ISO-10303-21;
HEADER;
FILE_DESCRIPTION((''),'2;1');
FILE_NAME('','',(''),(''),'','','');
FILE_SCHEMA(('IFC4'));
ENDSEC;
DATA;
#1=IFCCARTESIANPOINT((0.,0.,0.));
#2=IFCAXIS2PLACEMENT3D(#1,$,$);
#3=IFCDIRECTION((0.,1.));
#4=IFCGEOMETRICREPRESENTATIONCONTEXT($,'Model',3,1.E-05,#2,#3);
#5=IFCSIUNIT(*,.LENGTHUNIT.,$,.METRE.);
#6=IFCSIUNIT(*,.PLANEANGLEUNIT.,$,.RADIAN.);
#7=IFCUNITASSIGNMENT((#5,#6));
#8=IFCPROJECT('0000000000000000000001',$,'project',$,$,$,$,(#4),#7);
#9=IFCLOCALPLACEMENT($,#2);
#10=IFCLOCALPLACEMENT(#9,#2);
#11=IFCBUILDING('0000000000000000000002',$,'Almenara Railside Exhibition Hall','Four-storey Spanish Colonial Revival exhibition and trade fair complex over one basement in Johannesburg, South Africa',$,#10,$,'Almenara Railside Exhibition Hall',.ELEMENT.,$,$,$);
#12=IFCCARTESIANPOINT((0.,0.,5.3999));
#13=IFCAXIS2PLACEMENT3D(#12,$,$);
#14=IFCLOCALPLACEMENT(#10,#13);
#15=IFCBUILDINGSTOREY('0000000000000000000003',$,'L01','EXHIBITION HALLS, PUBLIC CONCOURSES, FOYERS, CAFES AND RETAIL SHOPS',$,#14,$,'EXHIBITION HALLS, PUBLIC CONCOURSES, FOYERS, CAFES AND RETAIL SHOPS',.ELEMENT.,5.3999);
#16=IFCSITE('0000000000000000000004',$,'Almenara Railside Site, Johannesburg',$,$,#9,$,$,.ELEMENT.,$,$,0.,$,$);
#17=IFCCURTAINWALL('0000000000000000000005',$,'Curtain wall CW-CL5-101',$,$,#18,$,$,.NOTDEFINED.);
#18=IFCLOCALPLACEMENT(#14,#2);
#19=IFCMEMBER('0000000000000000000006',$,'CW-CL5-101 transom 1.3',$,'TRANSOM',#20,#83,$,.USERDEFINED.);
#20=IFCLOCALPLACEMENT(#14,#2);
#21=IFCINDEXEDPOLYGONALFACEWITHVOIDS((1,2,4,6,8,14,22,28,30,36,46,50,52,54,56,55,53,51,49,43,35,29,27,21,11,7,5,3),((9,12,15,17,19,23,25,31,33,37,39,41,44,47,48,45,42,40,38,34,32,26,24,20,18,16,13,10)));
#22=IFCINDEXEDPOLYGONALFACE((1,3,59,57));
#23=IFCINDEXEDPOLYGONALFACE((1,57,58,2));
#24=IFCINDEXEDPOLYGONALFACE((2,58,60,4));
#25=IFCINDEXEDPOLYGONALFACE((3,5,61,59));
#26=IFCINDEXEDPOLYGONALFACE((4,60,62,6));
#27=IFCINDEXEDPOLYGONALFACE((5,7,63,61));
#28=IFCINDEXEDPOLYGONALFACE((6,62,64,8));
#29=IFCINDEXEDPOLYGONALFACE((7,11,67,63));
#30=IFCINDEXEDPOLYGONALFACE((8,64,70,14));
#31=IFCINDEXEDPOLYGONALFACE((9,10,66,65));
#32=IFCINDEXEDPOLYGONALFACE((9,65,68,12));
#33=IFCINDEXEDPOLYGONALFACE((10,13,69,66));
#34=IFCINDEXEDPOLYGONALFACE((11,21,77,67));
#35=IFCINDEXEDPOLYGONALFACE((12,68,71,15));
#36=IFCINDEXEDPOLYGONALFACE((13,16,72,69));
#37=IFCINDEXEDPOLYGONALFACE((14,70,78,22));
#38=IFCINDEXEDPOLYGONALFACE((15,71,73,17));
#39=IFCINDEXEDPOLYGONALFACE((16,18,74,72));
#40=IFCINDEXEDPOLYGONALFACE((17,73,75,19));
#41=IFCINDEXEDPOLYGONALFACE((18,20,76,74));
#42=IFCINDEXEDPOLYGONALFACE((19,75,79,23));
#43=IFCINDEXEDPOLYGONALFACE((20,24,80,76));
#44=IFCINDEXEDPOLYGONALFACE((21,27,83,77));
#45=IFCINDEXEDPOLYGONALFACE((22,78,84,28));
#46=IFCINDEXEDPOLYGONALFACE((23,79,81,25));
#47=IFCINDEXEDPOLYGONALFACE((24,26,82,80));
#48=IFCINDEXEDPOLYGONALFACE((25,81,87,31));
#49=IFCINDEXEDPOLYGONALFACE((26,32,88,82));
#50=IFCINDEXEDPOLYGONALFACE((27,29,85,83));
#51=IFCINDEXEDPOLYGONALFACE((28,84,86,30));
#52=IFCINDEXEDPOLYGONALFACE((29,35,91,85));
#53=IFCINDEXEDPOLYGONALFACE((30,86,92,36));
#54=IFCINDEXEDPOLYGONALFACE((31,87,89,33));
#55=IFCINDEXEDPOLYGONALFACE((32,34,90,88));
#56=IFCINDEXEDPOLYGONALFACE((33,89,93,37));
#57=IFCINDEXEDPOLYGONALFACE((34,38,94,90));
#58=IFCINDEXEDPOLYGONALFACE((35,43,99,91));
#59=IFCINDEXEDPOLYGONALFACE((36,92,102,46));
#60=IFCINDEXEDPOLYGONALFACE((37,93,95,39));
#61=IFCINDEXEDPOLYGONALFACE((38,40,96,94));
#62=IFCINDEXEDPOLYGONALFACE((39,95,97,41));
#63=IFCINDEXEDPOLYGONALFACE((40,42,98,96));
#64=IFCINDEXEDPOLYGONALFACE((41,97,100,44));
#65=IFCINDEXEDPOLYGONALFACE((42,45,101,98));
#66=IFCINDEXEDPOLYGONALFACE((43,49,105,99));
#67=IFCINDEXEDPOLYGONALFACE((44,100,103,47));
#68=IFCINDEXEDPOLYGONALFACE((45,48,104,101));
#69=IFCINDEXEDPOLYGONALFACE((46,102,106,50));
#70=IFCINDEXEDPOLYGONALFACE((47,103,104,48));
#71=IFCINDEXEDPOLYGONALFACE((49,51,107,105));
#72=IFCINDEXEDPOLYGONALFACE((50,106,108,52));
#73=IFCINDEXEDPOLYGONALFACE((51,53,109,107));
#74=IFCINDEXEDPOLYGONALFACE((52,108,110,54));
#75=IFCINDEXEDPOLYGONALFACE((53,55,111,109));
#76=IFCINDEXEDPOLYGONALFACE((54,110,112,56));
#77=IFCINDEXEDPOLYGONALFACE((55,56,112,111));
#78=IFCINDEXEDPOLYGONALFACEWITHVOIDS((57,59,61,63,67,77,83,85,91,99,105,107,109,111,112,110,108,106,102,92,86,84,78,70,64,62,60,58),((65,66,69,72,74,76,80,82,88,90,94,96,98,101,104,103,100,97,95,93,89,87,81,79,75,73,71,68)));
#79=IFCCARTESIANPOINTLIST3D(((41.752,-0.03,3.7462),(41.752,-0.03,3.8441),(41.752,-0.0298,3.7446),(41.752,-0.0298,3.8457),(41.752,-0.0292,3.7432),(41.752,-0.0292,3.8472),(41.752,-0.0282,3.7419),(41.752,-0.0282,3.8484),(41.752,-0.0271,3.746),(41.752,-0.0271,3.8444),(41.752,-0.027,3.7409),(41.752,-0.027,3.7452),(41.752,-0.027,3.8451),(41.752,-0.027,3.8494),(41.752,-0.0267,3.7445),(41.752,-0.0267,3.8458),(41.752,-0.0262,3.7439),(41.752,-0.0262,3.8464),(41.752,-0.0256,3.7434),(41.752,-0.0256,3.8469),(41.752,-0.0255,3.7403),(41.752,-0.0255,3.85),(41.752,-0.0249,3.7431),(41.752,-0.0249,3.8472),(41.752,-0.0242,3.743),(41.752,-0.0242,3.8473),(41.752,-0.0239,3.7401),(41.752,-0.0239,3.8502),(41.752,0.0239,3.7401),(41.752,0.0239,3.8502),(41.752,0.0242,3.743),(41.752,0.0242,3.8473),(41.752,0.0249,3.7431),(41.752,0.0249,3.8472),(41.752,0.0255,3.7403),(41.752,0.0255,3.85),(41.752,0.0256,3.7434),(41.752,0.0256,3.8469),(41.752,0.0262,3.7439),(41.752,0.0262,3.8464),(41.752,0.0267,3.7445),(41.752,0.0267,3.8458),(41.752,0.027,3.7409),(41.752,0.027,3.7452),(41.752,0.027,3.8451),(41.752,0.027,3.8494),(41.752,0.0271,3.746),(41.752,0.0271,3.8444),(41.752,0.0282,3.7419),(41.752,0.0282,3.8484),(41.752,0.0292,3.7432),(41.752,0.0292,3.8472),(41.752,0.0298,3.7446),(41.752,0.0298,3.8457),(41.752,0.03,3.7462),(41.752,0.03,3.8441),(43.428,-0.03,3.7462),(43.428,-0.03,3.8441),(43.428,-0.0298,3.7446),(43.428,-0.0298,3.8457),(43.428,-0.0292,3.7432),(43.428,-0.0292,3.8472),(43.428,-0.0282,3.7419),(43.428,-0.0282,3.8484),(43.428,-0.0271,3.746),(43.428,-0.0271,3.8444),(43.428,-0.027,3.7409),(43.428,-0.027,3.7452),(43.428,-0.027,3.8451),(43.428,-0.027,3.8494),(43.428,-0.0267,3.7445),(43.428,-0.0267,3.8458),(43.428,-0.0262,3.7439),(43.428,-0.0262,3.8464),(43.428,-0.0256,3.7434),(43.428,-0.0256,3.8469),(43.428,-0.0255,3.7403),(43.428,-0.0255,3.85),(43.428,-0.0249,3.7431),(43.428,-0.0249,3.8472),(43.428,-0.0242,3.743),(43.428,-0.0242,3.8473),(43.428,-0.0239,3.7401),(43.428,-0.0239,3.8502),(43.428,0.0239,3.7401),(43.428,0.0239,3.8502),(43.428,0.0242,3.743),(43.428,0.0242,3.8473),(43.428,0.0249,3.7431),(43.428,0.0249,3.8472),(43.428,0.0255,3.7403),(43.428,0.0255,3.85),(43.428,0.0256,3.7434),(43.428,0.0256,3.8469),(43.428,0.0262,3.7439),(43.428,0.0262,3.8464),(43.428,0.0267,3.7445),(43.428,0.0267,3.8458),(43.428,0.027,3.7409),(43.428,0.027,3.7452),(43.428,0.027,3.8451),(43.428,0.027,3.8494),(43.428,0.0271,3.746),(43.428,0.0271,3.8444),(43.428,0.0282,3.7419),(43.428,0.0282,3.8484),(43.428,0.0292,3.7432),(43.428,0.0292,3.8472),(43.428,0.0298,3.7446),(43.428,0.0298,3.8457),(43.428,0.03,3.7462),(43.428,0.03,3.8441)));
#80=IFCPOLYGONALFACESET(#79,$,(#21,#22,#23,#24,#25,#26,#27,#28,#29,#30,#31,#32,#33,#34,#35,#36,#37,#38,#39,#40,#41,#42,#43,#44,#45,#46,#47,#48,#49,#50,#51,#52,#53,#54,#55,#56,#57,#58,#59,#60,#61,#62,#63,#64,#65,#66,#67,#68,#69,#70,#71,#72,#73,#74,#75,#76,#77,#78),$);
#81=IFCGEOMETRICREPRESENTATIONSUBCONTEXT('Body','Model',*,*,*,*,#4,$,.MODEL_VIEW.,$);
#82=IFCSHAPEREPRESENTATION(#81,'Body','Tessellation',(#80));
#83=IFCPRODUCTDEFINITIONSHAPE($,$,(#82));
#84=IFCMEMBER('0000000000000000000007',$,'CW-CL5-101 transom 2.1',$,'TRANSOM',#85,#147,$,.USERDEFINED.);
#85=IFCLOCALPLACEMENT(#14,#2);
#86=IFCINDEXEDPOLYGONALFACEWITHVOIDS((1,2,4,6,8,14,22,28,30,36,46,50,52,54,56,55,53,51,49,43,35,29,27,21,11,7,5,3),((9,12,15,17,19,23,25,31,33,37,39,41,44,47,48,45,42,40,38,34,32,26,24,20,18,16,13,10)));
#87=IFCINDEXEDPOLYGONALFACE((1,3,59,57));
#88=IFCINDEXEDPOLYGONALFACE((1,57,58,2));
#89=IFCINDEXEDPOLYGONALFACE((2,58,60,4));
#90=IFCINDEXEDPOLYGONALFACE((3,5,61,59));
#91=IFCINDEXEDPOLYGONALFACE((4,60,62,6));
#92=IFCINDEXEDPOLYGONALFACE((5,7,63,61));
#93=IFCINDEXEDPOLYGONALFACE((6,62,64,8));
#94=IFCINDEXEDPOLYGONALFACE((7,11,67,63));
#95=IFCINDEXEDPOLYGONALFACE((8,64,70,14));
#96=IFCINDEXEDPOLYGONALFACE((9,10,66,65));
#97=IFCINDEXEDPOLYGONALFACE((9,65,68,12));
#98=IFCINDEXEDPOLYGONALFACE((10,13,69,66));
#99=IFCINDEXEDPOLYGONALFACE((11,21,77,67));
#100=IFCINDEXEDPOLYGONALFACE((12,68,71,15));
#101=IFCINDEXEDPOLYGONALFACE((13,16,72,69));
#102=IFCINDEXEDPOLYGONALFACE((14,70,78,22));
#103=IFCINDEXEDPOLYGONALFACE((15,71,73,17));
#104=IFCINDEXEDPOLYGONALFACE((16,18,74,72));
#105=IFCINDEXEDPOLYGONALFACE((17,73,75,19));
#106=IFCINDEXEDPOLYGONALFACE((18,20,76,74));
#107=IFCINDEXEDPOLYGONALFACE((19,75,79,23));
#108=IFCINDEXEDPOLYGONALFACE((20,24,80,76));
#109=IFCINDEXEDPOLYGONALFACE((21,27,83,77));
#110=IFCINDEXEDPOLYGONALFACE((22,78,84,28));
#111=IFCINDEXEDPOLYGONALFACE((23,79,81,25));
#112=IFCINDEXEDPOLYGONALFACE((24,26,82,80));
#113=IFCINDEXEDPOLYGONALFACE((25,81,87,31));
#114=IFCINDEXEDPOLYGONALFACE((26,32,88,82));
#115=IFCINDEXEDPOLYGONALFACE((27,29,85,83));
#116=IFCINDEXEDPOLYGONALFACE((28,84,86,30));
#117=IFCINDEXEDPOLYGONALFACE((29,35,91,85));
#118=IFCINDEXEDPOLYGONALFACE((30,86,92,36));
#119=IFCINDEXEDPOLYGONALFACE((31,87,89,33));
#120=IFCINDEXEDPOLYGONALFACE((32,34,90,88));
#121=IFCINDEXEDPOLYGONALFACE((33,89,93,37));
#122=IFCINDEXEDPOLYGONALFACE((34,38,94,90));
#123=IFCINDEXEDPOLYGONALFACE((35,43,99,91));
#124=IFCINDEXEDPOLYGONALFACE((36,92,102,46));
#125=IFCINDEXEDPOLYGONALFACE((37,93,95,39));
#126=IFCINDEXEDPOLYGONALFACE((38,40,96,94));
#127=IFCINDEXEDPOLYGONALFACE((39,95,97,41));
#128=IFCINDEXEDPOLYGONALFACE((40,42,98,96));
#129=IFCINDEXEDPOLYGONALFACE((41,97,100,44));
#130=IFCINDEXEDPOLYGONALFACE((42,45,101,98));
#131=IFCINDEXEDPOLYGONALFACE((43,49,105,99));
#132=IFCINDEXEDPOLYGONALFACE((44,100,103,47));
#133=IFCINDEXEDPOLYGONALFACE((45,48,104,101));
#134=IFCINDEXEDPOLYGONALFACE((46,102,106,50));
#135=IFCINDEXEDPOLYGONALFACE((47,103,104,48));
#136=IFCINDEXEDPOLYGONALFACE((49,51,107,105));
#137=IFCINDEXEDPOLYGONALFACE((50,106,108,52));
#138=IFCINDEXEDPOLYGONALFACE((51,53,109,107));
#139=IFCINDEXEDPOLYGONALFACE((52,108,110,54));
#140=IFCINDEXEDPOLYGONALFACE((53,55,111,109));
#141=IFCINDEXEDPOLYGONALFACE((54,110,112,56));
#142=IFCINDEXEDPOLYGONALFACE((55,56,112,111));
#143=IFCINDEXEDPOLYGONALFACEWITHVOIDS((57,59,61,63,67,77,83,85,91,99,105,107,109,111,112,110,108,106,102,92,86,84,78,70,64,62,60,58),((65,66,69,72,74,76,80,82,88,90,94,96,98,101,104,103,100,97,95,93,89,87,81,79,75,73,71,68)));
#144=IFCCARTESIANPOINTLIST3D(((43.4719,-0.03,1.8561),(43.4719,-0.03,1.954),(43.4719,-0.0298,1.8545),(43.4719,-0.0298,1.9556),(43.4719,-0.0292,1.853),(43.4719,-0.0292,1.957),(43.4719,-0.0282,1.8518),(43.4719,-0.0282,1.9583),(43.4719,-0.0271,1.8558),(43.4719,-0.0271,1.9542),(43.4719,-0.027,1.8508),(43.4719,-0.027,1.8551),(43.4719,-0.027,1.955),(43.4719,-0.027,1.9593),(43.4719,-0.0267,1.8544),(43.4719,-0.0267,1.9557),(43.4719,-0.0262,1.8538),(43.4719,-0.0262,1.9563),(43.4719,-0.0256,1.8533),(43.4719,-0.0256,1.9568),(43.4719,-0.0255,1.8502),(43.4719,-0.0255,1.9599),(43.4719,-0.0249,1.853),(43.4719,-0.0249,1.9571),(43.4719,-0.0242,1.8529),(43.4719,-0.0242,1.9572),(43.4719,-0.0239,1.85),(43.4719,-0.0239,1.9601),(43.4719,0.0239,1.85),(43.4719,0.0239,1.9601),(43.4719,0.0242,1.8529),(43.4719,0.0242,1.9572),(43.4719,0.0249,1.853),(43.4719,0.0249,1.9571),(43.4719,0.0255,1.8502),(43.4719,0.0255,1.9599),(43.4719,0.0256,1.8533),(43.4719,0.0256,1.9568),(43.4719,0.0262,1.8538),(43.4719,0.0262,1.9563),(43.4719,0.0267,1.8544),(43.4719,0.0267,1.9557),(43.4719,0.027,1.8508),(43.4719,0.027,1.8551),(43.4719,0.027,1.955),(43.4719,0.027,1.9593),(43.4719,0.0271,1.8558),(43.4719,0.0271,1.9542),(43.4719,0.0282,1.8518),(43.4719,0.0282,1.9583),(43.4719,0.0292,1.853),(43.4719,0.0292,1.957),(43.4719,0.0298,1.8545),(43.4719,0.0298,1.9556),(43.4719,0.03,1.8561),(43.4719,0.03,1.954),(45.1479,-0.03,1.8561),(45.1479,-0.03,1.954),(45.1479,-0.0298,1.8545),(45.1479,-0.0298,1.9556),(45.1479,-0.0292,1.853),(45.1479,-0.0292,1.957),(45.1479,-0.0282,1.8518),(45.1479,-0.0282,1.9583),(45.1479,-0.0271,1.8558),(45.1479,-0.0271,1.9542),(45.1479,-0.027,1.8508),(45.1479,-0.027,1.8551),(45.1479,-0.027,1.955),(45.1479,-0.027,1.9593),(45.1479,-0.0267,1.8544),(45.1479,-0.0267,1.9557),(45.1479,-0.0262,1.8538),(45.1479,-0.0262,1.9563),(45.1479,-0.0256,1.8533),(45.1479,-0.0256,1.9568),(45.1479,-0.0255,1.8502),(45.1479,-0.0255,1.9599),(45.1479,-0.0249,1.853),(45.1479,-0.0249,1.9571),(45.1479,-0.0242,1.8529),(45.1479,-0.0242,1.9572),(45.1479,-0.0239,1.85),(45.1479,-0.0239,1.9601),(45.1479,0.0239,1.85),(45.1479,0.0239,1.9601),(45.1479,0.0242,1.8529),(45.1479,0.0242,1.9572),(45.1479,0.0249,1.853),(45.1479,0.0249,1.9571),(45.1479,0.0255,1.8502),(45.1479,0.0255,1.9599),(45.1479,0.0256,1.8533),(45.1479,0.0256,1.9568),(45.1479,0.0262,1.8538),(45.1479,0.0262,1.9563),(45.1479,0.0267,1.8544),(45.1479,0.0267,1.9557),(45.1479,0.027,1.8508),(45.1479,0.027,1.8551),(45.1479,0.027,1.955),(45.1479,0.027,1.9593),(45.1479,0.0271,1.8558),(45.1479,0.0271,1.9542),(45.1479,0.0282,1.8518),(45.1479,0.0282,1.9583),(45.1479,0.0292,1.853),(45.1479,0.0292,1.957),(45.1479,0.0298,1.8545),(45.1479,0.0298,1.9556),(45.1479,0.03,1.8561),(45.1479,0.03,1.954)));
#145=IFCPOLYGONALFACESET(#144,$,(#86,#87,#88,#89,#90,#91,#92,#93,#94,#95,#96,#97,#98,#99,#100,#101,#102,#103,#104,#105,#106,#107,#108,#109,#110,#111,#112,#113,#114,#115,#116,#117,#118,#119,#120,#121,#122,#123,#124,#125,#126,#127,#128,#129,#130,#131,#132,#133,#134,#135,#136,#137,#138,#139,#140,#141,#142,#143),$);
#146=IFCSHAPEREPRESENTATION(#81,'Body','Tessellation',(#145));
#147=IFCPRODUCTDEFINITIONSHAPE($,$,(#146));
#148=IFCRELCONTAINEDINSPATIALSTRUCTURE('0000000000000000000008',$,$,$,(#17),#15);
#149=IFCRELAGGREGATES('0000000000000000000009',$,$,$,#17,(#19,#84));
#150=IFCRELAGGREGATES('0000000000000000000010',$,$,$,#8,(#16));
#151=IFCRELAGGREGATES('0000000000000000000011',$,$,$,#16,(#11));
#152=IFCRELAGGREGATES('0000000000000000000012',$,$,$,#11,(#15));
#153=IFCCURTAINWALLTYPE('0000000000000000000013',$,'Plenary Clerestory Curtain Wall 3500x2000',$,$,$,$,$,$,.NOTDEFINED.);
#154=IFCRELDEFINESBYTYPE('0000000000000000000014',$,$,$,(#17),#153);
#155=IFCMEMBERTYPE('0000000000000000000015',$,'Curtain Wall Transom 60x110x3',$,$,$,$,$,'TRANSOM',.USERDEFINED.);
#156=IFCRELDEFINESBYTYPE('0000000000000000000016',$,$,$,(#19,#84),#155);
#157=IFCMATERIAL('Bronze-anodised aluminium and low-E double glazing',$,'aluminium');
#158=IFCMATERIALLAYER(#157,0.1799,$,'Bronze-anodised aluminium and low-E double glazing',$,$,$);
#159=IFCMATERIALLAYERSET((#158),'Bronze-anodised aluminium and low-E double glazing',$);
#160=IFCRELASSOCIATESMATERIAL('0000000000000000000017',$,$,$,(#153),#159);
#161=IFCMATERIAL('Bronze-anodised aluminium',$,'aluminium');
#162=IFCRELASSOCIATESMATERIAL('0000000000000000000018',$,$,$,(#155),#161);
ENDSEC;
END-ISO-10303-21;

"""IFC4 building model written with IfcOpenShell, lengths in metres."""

from ifc_helpers import new_model, si_unit, direction, frame, origin, origin_2d, place, context, subcontext, project, spatial, hollow_rectangle, extrude, material, layer, layer_set, material_profile, profile_set, type_object, element, aggregate, save


model = new_model("IFC4")

# Units and contexts
model_context = context("Model", 3, precision=1e-05, world=origin(), true_north=direction((0.0, 1.0)))
body_context = subcontext(model_context, "Body", "Model", "MODEL_VIEW")
ifc_project = project(units=[si_unit("LENGTHUNIT", "METRE"), si_unit("PLANEANGLEUNIT", "RADIAN")], contexts=[model_context])

# Site, building, storey
site_placement = place(None, origin())
site = spatial("IfcSite", under=ifc_project, at=site_placement, Name="Almenara Railside Site, Johannesburg", CompositionType="ELEMENT", RefElevation=0.0)
building_placement = place(site_placement, origin())
building = spatial("IfcBuilding", under=site, at=building_placement, Name="Almenara Railside Exhibition Hall", Description="Four-storey Spanish Colonial Revival exhibition and trade fair complex over one basement in Johannesburg, South Africa", LongName="Almenara Railside Exhibition Hall", CompositionType="ELEMENT")
storey_placement = place(building_placement, frame((0.0, 0.0, 5.3999)))
storey = spatial("IfcBuildingStorey", under=building, at=storey_placement, Name="L01", Description="EXHIBITION HALLS, PUBLIC CONCOURSES, FOYERS, CAFES AND RETAIL SHOPS", LongName="EXHIBITION HALLS, PUBLIC CONCOURSES, FOYERS, CAFES AND RETAIL SHOPS", CompositionType="ELEMENT", Elevation=5.3999)

# Curtain wall
ifc_material_1 = material(Name="Bronze-anodised aluminium and low-E double glazing", Category="aluminium")
ifc_layer_1 = layer(ifc_material_1, 0.1799, Name="Bronze-anodised aluminium and low-E double glazing")
ifc_layer_set_1 = layer_set([ifc_layer_1], Name="Bronze-anodised aluminium and low-E double glazing")
curtain_wall_type_1 = type_object("IfcCurtainWallType", Name="Plenary Clerestory Curtain Wall 3500x2000", PredefinedType="NOTDEFINED", material=ifc_layer_set_1)
curtain_wall_1_placement = place(storey_placement, origin())
curtain_wall_1 = element("IfcCurtainWall", 1, at=curtain_wall_1_placement, inside=storey, type_object=curtain_wall_type_1, Name="Curtain wall CW-CL5-101", PredefinedType="NOTDEFINED")
ifc_material_2 = material(Name="Bronze-anodised aluminium", Category="aluminium")

# Members
ifc_material_profile_1 = material_profile(ifc_material_2, hollow_rectangle(XDim=0.0601, YDim=0.1101, WallThickness=0.0029, InnerFilletRadius=0.0029, OuterFilletRadius=0.0061, at=origin_2d()), Name="ALU-TRN 60x110x3")
ifc_profile_set_1 = profile_set([ifc_material_profile_1], Name="Bronze-anodised aluminium")
member_type_1 = type_object("IfcMemberType", Name="Curtain Wall Transom 60x110x3", ElementType="TRANSOM", PredefinedType="USERDEFINED", material=ifc_profile_set_1)
member_1_placement = place(storey_placement, frame((41.752, 0.0, 3.7952), z_axis=(1.0, 0.0, 0.0), x_axis=(0.0, 1.0, 0.0)))
member_1 = element("IfcMember", 2, at=member_1_placement, type_object=member_type_1, Name="CW-CL5-101 transom 1.3", ObjectType="TRANSOM", PredefinedType="USERDEFINED", context=body_context, shape_type="SweptSolid", body=[
    extrude(hollow_rectangle(XDim=0.0601, YDim=0.1101, WallThickness=0.0029, InnerFilletRadius=0.0029, OuterFilletRadius=0.0061, at=origin_2d()), origin(), (0.0, 0.0, 1.0), 1.676),
])
member_2_placement = place(storey_placement, frame((43.4719, 0.0, 1.905), z_axis=(1.0, 0.0, 0.0), x_axis=(0.0, 1.0, 0.0)))
member_2 = element("IfcMember", 3, at=member_2_placement, type_object=member_type_1, Name="CW-CL5-101 transom 2.1", ObjectType="TRANSOM", PredefinedType="USERDEFINED", context=body_context, shape_type="SweptSolid", body=[
    extrude(hollow_rectangle(XDim=0.0601, YDim=0.1101, WallThickness=0.0029, InnerFilletRadius=0.0029, OuterFilletRadius=0.0061, at=origin_2d()), origin(), (0.0, 0.0, 1.0), 1.676),
])

aggregate(curtain_wall_1, [member_1, member_2])

save(model, "model.ifc")
